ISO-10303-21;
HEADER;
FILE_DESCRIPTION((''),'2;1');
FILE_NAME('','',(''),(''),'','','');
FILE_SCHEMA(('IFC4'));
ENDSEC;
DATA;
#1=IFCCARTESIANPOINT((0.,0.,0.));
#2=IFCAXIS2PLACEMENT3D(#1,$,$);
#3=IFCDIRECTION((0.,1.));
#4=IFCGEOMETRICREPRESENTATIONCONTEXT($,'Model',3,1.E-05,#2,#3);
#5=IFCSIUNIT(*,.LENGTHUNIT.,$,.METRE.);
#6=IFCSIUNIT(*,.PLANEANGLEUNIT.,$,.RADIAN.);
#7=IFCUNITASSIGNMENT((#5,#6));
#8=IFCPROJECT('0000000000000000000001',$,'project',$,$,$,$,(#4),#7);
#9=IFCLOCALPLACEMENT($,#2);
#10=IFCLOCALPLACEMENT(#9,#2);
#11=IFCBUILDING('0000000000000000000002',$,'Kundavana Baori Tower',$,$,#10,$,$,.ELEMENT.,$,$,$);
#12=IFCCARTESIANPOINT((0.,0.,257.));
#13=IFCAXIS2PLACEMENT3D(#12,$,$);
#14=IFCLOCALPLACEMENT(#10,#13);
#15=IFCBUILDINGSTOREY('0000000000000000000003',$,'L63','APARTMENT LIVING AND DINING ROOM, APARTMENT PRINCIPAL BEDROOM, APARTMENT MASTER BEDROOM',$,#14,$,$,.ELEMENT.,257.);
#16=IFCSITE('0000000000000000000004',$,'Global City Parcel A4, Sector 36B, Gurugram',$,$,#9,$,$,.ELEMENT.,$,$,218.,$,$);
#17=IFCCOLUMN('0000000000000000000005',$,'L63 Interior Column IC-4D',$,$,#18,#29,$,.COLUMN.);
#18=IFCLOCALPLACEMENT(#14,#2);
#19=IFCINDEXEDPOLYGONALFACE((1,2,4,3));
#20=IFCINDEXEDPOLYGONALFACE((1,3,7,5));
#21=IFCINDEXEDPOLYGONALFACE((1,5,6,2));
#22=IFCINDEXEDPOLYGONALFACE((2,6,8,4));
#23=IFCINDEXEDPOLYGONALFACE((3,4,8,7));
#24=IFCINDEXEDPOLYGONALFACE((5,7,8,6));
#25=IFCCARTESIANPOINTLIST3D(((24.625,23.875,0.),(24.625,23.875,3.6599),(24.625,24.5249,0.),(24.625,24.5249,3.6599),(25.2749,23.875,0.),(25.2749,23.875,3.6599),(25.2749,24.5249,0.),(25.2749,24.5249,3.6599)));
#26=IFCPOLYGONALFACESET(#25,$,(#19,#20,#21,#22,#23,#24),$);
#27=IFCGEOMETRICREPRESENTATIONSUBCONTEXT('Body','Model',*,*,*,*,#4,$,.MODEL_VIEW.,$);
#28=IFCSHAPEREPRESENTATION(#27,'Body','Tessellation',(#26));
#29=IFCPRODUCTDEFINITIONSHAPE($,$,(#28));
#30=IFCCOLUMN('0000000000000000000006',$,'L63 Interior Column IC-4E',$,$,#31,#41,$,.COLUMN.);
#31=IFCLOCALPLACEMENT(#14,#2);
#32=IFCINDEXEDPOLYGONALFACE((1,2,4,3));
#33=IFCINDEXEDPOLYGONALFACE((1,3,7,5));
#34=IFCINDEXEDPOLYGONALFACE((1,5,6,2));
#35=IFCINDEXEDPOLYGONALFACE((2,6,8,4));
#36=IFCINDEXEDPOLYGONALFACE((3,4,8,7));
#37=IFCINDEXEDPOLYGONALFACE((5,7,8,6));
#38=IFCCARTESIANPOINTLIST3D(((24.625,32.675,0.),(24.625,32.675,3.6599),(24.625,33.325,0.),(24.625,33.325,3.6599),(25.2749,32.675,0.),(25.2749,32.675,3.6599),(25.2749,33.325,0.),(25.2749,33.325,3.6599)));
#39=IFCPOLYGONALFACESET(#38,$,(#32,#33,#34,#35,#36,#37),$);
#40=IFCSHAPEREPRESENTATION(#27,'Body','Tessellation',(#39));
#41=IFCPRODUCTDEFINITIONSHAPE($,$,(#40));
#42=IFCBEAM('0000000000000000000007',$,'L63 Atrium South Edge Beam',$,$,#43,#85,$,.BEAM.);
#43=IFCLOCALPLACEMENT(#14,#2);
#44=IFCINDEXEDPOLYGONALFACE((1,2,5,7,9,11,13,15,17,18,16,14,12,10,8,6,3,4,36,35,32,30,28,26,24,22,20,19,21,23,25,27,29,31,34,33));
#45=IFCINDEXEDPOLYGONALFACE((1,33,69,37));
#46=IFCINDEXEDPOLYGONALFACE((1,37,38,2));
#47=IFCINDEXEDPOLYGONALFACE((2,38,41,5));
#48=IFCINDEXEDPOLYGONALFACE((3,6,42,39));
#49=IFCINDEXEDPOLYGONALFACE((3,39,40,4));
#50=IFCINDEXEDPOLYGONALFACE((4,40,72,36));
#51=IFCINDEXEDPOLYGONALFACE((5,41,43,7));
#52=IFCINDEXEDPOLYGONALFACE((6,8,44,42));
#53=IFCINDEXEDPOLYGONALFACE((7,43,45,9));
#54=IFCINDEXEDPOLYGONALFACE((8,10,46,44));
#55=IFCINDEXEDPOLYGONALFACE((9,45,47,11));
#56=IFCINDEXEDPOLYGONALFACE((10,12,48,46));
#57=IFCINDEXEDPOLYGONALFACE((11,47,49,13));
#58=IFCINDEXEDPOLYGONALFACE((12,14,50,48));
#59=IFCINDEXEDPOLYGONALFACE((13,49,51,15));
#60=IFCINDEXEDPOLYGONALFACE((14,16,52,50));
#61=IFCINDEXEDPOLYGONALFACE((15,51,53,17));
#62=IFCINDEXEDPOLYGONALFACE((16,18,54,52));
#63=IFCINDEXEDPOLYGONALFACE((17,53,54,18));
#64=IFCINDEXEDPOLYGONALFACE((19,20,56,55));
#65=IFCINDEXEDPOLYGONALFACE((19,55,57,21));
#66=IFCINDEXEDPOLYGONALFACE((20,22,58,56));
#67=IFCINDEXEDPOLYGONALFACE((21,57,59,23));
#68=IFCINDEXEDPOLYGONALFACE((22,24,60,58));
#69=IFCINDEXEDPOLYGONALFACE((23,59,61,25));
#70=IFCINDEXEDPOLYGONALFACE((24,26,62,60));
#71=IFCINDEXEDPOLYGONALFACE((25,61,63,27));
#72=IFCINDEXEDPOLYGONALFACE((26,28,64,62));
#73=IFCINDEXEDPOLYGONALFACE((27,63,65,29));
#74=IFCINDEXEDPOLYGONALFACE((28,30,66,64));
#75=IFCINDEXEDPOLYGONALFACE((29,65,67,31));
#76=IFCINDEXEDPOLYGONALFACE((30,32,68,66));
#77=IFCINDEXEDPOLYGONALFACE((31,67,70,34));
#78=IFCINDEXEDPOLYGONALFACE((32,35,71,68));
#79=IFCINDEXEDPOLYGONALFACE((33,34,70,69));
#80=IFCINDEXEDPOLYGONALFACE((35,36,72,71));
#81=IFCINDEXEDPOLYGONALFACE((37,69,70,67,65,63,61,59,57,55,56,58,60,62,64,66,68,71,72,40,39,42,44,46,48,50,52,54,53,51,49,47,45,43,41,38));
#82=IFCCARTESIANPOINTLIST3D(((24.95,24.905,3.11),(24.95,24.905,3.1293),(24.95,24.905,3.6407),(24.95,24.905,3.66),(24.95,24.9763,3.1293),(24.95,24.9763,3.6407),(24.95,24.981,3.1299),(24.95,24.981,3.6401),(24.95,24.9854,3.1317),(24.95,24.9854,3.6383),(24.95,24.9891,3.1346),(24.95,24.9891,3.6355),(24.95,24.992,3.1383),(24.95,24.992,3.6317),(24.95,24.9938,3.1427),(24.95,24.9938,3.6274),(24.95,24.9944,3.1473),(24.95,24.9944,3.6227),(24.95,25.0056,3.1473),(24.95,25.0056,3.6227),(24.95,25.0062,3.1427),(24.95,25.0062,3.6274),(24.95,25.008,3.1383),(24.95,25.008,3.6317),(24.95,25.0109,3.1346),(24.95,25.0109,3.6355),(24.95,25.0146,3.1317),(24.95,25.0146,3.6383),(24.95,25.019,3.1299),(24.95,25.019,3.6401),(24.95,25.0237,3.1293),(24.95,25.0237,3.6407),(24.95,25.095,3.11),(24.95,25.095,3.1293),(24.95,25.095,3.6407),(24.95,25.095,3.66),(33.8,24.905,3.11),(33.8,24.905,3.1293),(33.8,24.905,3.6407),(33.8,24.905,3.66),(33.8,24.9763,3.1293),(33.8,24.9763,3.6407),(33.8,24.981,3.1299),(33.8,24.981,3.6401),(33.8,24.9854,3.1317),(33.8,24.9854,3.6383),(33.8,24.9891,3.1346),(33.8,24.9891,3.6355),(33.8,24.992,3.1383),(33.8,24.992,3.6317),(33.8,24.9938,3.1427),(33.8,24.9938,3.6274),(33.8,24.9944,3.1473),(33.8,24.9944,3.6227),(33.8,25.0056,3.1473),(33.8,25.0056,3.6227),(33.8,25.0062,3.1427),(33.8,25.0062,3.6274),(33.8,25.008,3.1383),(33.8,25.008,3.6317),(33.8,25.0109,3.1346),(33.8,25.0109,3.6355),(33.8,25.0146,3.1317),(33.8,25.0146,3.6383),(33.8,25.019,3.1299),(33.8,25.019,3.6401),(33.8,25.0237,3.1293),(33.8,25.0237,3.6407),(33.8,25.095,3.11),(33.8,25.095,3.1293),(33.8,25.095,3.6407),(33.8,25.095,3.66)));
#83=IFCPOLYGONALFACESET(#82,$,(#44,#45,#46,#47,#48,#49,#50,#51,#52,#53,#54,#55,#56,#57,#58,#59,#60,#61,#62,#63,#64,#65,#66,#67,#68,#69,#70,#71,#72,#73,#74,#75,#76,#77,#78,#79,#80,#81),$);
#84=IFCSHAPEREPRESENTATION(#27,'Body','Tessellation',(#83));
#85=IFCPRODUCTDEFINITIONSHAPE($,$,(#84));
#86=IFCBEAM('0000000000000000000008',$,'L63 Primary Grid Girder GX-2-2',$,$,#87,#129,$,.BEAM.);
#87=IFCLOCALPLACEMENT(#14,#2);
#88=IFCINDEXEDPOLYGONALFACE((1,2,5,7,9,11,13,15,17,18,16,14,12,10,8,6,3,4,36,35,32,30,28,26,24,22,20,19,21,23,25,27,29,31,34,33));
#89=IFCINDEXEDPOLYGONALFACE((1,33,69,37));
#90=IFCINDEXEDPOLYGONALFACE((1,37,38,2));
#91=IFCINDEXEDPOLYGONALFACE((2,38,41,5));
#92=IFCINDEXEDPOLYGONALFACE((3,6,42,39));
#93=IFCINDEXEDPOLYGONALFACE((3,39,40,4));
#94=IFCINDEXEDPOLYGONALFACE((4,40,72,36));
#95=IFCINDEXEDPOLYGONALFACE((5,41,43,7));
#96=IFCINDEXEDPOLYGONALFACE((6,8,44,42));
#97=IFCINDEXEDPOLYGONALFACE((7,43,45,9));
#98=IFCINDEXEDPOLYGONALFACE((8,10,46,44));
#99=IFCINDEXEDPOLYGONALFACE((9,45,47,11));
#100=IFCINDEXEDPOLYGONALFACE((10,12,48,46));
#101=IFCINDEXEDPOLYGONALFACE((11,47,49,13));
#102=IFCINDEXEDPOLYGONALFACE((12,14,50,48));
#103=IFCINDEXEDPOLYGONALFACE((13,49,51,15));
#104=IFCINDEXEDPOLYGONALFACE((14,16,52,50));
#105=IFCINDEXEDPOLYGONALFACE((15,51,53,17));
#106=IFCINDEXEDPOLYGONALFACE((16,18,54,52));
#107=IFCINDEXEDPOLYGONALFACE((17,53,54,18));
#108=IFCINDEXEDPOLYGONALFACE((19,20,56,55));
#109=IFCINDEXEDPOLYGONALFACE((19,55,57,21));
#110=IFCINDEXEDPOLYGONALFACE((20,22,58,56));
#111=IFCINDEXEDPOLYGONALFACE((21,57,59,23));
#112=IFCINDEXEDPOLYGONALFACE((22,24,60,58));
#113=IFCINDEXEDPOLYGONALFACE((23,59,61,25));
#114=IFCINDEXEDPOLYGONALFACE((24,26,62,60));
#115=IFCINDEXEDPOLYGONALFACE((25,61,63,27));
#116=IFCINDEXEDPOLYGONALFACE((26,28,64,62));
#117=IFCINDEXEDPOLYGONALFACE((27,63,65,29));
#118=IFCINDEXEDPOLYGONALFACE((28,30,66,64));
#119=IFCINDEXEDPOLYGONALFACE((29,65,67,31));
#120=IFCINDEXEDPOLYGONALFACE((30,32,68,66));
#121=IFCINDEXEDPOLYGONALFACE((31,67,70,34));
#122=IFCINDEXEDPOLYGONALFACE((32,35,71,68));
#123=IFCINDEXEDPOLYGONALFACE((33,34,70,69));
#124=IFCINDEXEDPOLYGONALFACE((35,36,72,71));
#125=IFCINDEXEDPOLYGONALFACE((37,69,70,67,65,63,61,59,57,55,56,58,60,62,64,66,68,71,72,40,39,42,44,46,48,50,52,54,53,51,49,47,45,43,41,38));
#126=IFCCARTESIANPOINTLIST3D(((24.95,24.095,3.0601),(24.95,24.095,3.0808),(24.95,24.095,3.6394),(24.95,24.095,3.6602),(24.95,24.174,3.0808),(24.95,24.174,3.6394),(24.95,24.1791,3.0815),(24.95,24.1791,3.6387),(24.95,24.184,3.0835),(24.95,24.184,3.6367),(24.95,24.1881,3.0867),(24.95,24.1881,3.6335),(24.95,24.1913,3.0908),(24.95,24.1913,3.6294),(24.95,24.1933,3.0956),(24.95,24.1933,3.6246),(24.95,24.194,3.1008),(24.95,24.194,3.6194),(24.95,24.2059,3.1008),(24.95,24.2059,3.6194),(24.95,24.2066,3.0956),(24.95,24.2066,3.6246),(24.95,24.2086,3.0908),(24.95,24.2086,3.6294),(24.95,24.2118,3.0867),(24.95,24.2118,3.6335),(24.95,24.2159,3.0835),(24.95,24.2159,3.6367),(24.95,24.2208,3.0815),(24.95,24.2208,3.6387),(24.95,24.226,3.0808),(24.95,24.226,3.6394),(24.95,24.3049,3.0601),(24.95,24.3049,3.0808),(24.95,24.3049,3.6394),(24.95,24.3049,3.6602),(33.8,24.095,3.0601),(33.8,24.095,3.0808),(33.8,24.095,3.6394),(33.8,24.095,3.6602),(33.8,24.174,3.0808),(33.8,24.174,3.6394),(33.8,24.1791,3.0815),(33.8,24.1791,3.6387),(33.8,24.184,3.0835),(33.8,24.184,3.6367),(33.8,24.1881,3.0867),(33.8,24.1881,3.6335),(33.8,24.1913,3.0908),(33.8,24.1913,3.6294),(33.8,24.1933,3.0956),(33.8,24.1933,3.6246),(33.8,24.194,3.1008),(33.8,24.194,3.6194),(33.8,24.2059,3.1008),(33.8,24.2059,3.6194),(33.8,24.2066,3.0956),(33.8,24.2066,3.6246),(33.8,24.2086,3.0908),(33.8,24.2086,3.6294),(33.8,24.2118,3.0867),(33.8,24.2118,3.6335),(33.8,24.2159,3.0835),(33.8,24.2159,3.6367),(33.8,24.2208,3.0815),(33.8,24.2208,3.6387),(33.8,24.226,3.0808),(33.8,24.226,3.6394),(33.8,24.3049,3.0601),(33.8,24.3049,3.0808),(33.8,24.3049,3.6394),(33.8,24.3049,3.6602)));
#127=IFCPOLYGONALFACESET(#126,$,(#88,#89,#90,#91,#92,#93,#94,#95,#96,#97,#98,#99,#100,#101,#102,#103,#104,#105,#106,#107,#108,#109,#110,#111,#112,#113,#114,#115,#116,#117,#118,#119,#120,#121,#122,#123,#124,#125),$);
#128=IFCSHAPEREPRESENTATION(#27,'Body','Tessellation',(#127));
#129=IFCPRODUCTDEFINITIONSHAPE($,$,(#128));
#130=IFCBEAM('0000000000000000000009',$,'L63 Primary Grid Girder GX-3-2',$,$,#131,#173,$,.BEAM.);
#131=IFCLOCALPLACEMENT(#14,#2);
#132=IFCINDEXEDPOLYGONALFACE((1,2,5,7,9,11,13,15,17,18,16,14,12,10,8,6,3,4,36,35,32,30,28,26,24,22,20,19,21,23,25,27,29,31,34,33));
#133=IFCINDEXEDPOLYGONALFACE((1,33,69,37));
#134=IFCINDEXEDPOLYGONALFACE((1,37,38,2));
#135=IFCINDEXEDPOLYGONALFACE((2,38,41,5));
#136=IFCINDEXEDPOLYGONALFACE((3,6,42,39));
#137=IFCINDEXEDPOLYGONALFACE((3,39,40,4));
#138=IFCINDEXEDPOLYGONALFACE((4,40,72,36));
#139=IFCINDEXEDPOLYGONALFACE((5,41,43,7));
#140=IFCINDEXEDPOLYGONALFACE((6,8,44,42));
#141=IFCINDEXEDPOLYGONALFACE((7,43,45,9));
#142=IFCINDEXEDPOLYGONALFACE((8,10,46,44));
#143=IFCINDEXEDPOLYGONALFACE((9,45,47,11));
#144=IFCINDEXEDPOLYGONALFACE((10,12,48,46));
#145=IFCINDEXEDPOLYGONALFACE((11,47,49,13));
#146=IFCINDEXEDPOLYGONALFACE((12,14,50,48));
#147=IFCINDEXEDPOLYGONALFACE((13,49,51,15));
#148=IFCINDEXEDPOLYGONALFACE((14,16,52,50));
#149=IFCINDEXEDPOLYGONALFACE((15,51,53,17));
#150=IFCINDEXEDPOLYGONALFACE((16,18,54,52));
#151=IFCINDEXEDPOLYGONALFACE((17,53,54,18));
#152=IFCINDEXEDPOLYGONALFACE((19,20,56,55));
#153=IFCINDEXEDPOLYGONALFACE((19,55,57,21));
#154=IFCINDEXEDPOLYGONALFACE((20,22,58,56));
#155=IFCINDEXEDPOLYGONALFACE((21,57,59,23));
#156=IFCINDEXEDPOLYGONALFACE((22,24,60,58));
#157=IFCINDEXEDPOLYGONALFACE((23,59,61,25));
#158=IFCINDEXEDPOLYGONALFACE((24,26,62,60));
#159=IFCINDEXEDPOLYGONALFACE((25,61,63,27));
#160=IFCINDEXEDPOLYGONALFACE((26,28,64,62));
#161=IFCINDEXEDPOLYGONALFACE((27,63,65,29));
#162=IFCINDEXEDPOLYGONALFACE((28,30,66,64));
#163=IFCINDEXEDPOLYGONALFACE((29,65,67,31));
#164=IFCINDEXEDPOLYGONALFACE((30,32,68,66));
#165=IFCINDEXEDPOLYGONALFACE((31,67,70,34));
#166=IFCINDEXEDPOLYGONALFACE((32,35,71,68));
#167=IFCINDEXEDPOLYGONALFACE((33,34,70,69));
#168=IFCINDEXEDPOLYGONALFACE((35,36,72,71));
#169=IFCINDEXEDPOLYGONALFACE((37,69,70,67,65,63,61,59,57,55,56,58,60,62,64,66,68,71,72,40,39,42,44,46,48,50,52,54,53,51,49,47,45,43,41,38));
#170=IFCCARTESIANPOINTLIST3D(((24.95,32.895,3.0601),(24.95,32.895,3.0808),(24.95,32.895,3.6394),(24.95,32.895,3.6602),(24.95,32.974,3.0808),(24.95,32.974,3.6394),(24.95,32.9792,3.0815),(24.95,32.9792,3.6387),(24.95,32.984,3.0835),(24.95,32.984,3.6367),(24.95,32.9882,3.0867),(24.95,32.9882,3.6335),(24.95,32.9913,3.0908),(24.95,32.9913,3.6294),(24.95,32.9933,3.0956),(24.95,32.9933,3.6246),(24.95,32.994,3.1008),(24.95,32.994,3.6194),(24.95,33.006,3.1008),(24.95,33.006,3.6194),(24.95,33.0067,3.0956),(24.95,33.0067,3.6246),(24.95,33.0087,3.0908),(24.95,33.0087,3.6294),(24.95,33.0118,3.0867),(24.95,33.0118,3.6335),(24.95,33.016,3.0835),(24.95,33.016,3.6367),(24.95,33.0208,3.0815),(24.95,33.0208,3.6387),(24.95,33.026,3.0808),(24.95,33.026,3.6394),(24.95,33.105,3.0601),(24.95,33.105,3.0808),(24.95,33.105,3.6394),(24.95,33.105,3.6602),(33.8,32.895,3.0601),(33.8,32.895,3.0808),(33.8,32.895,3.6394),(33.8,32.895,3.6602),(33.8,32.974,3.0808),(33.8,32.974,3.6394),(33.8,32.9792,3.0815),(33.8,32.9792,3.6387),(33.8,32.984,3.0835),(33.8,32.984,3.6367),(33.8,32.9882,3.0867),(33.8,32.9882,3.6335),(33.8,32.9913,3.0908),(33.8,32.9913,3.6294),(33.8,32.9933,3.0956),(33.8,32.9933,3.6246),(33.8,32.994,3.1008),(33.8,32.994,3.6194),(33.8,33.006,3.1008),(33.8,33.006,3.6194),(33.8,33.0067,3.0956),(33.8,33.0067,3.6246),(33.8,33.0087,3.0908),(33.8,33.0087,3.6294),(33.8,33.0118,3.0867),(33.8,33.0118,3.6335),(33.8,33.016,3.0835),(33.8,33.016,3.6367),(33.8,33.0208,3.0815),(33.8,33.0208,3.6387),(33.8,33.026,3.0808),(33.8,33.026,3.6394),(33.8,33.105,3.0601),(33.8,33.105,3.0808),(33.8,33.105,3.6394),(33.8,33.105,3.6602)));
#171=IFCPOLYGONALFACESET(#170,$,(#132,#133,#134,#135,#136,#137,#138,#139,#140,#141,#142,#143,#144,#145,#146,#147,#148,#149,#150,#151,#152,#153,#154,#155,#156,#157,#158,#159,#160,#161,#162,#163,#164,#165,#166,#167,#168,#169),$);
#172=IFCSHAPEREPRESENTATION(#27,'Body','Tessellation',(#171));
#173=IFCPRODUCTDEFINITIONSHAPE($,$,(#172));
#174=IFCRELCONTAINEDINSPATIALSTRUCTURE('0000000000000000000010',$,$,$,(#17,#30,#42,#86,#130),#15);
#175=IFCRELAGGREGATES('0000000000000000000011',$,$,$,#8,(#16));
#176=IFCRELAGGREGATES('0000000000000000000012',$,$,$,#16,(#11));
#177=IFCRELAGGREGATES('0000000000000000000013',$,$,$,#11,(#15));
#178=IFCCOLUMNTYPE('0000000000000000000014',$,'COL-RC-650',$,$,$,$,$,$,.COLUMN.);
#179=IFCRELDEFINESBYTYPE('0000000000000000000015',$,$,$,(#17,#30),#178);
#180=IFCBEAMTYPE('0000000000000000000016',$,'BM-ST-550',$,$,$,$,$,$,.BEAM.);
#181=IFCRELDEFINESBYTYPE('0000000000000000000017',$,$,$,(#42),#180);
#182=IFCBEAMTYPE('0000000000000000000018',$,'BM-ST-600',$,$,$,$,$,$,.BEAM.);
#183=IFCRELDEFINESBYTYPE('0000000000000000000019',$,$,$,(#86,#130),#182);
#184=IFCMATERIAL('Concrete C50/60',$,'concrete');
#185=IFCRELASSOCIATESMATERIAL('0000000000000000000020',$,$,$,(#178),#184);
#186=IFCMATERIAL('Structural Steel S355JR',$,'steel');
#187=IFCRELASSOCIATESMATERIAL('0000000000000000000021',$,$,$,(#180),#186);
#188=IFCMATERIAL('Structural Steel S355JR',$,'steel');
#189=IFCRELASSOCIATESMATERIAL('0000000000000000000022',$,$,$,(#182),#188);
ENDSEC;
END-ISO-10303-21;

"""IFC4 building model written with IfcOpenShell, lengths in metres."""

from ifc_helpers import new_model, si_unit, direction, frame, origin, origin_2d, place, context, subcontext, project, spatial, rectangle, i_section, extrude, material, material_profile, profile_set, type_object, element, save


model = new_model("IFC4")

# Units and contexts
model_context = context("Model", 3, precision=1e-05, world=origin(), true_north=direction((0.0, 1.0)))
body_context = subcontext(model_context, "Body", "Model", "MODEL_VIEW")
ifc_project = project(units=[si_unit("LENGTHUNIT", "METRE"), si_unit("PLANEANGLEUNIT", "RADIAN")], contexts=[model_context])

# Site, building, storey
site_placement = place(None, origin())
site = spatial("IfcSite", under=ifc_project, at=site_placement, Name="Global City Parcel A4, Sector 36B, Gurugram", CompositionType="ELEMENT", RefElevation=218.0)
building_placement = place(site_placement, origin())
building = spatial("IfcBuilding", under=site, at=building_placement, Name="Kundavana Baori Tower", CompositionType="ELEMENT")
storey_placement = place(building_placement, frame((0.0, 0.0, 257.0)))
storey = spatial("IfcBuildingStorey", under=building, at=storey_placement, Name="L63", Description="APARTMENT LIVING AND DINING ROOM, APARTMENT PRINCIPAL BEDROOM, APARTMENT MASTER BEDROOM", CompositionType="ELEMENT", Elevation=257.0)

# Columns
ifc_material_1 = material(Name="Concrete C50/60", Category="concrete")
ifc_material_profile_1 = material_profile(ifc_material_1, rectangle(XDim=0.6499, YDim=0.6499, at=origin_2d()), Name="RC 650x650")
ifc_profile_set_1 = profile_set([ifc_material_profile_1], Name="Concrete C50/60")
column_type = type_object("IfcColumnType", Name="COL-RC-650", PredefinedType="COLUMN", material=ifc_profile_set_1)
for number, where, z_axis, x_axis, name in (
    (1, (24.95, 24.2, 0.0), (0.0, 0.0, 1.0), (1.0, 0.0, 0.0), "L63 Interior Column IC-4D"),
    (2, (24.95, 33.0, 0.0), (0.0, 0.0, 1.0), (1.0, 0.0, 0.0), "L63 Interior Column IC-4E"),
):
    element("IfcColumn", number, at=place(storey_placement, frame(where, z_axis=z_axis, x_axis=x_axis)), inside=storey, type_object=column_type, Name=name, PredefinedType="COLUMN", context=body_context, shape_type="SweptSolid", body=[
        extrude(rectangle(XDim=0.6499, YDim=0.6499, at=origin_2d()), origin(), (0.0, 0.0, 1.0), 3.6599),
    ])

# Beams
ifc_material_2 = material(Name="Structural Steel S355JR", Category="steel")
ifc_material_profile_2 = material_profile(ifc_material_2, i_section(OverallWidth=0.1899, OverallDepth=0.55, WebThickness=0.0112, FlangeThickness=0.0193, FilletRadius=0.0181, at=origin_2d()), Name="ISMB 550")
ifc_profile_set_2 = profile_set([ifc_material_profile_2], Name="Structural Steel S355JR")
beam_type_1 = type_object("IfcBeamType", Name="BM-ST-550", PredefinedType="BEAM", material=ifc_profile_set_2)
beam_placement = place(storey_placement, frame((24.95, 25.0, 3.385), z_axis=(1.0, 0.0, 0.0), x_axis=(0.0, 1.0, 0.0)))
element("IfcBeam", 3, at=beam_placement, inside=storey, type_object=beam_type_1, Name="L63 Atrium South Edge Beam", PredefinedType="BEAM", context=body_context, shape_type="SweptSolid", body=[
    extrude(i_section(OverallWidth=0.1899, OverallDepth=0.55, WebThickness=0.0112, FlangeThickness=0.0193, FilletRadius=0.0181, at=origin_2d()), origin(), (0.0, 0.0, 1.0), 8.8501),
])
ifc_material_3 = material(Name="Structural Steel S355JR", Category="steel")
ifc_material_profile_3 = material_profile(ifc_material_3, i_section(OverallWidth=0.21, OverallDepth=0.6001, WebThickness=0.012, FlangeThickness=0.0208, FilletRadius=0.02, at=origin_2d()), Name="ISMB 600")
ifc_profile_set_3 = profile_set([ifc_material_profile_3], Name="Structural Steel S355JR")
beam_type_2 = type_object("IfcBeamType", Name="BM-ST-600", PredefinedType="BEAM", material=ifc_profile_set_3)
for number, where, z_axis, x_axis, name in (
    (4, (24.95, 24.2, 3.3601), (1.0, 0.0, 0.0), (0.0, 1.0, 0.0), "L63 Primary Grid Girder GX-2-2"),
    (5, (24.95, 33.0, 3.3601), (1.0, 0.0, 0.0), (0.0, 1.0, 0.0), "L63 Primary Grid Girder GX-3-2"),
):
    element("IfcBeam", number, at=place(storey_placement, frame(where, z_axis=z_axis, x_axis=x_axis)), inside=storey, type_object=beam_type_2, Name=name, PredefinedType="BEAM", context=body_context, shape_type="SweptSolid", body=[
        extrude(i_section(OverallWidth=0.21, OverallDepth=0.6001, WebThickness=0.012, FlangeThickness=0.0208, FilletRadius=0.02, at=origin_2d()), origin(), (0.0, 0.0, 1.0), 8.8501),
    ])

save(model, "model.ifc")
